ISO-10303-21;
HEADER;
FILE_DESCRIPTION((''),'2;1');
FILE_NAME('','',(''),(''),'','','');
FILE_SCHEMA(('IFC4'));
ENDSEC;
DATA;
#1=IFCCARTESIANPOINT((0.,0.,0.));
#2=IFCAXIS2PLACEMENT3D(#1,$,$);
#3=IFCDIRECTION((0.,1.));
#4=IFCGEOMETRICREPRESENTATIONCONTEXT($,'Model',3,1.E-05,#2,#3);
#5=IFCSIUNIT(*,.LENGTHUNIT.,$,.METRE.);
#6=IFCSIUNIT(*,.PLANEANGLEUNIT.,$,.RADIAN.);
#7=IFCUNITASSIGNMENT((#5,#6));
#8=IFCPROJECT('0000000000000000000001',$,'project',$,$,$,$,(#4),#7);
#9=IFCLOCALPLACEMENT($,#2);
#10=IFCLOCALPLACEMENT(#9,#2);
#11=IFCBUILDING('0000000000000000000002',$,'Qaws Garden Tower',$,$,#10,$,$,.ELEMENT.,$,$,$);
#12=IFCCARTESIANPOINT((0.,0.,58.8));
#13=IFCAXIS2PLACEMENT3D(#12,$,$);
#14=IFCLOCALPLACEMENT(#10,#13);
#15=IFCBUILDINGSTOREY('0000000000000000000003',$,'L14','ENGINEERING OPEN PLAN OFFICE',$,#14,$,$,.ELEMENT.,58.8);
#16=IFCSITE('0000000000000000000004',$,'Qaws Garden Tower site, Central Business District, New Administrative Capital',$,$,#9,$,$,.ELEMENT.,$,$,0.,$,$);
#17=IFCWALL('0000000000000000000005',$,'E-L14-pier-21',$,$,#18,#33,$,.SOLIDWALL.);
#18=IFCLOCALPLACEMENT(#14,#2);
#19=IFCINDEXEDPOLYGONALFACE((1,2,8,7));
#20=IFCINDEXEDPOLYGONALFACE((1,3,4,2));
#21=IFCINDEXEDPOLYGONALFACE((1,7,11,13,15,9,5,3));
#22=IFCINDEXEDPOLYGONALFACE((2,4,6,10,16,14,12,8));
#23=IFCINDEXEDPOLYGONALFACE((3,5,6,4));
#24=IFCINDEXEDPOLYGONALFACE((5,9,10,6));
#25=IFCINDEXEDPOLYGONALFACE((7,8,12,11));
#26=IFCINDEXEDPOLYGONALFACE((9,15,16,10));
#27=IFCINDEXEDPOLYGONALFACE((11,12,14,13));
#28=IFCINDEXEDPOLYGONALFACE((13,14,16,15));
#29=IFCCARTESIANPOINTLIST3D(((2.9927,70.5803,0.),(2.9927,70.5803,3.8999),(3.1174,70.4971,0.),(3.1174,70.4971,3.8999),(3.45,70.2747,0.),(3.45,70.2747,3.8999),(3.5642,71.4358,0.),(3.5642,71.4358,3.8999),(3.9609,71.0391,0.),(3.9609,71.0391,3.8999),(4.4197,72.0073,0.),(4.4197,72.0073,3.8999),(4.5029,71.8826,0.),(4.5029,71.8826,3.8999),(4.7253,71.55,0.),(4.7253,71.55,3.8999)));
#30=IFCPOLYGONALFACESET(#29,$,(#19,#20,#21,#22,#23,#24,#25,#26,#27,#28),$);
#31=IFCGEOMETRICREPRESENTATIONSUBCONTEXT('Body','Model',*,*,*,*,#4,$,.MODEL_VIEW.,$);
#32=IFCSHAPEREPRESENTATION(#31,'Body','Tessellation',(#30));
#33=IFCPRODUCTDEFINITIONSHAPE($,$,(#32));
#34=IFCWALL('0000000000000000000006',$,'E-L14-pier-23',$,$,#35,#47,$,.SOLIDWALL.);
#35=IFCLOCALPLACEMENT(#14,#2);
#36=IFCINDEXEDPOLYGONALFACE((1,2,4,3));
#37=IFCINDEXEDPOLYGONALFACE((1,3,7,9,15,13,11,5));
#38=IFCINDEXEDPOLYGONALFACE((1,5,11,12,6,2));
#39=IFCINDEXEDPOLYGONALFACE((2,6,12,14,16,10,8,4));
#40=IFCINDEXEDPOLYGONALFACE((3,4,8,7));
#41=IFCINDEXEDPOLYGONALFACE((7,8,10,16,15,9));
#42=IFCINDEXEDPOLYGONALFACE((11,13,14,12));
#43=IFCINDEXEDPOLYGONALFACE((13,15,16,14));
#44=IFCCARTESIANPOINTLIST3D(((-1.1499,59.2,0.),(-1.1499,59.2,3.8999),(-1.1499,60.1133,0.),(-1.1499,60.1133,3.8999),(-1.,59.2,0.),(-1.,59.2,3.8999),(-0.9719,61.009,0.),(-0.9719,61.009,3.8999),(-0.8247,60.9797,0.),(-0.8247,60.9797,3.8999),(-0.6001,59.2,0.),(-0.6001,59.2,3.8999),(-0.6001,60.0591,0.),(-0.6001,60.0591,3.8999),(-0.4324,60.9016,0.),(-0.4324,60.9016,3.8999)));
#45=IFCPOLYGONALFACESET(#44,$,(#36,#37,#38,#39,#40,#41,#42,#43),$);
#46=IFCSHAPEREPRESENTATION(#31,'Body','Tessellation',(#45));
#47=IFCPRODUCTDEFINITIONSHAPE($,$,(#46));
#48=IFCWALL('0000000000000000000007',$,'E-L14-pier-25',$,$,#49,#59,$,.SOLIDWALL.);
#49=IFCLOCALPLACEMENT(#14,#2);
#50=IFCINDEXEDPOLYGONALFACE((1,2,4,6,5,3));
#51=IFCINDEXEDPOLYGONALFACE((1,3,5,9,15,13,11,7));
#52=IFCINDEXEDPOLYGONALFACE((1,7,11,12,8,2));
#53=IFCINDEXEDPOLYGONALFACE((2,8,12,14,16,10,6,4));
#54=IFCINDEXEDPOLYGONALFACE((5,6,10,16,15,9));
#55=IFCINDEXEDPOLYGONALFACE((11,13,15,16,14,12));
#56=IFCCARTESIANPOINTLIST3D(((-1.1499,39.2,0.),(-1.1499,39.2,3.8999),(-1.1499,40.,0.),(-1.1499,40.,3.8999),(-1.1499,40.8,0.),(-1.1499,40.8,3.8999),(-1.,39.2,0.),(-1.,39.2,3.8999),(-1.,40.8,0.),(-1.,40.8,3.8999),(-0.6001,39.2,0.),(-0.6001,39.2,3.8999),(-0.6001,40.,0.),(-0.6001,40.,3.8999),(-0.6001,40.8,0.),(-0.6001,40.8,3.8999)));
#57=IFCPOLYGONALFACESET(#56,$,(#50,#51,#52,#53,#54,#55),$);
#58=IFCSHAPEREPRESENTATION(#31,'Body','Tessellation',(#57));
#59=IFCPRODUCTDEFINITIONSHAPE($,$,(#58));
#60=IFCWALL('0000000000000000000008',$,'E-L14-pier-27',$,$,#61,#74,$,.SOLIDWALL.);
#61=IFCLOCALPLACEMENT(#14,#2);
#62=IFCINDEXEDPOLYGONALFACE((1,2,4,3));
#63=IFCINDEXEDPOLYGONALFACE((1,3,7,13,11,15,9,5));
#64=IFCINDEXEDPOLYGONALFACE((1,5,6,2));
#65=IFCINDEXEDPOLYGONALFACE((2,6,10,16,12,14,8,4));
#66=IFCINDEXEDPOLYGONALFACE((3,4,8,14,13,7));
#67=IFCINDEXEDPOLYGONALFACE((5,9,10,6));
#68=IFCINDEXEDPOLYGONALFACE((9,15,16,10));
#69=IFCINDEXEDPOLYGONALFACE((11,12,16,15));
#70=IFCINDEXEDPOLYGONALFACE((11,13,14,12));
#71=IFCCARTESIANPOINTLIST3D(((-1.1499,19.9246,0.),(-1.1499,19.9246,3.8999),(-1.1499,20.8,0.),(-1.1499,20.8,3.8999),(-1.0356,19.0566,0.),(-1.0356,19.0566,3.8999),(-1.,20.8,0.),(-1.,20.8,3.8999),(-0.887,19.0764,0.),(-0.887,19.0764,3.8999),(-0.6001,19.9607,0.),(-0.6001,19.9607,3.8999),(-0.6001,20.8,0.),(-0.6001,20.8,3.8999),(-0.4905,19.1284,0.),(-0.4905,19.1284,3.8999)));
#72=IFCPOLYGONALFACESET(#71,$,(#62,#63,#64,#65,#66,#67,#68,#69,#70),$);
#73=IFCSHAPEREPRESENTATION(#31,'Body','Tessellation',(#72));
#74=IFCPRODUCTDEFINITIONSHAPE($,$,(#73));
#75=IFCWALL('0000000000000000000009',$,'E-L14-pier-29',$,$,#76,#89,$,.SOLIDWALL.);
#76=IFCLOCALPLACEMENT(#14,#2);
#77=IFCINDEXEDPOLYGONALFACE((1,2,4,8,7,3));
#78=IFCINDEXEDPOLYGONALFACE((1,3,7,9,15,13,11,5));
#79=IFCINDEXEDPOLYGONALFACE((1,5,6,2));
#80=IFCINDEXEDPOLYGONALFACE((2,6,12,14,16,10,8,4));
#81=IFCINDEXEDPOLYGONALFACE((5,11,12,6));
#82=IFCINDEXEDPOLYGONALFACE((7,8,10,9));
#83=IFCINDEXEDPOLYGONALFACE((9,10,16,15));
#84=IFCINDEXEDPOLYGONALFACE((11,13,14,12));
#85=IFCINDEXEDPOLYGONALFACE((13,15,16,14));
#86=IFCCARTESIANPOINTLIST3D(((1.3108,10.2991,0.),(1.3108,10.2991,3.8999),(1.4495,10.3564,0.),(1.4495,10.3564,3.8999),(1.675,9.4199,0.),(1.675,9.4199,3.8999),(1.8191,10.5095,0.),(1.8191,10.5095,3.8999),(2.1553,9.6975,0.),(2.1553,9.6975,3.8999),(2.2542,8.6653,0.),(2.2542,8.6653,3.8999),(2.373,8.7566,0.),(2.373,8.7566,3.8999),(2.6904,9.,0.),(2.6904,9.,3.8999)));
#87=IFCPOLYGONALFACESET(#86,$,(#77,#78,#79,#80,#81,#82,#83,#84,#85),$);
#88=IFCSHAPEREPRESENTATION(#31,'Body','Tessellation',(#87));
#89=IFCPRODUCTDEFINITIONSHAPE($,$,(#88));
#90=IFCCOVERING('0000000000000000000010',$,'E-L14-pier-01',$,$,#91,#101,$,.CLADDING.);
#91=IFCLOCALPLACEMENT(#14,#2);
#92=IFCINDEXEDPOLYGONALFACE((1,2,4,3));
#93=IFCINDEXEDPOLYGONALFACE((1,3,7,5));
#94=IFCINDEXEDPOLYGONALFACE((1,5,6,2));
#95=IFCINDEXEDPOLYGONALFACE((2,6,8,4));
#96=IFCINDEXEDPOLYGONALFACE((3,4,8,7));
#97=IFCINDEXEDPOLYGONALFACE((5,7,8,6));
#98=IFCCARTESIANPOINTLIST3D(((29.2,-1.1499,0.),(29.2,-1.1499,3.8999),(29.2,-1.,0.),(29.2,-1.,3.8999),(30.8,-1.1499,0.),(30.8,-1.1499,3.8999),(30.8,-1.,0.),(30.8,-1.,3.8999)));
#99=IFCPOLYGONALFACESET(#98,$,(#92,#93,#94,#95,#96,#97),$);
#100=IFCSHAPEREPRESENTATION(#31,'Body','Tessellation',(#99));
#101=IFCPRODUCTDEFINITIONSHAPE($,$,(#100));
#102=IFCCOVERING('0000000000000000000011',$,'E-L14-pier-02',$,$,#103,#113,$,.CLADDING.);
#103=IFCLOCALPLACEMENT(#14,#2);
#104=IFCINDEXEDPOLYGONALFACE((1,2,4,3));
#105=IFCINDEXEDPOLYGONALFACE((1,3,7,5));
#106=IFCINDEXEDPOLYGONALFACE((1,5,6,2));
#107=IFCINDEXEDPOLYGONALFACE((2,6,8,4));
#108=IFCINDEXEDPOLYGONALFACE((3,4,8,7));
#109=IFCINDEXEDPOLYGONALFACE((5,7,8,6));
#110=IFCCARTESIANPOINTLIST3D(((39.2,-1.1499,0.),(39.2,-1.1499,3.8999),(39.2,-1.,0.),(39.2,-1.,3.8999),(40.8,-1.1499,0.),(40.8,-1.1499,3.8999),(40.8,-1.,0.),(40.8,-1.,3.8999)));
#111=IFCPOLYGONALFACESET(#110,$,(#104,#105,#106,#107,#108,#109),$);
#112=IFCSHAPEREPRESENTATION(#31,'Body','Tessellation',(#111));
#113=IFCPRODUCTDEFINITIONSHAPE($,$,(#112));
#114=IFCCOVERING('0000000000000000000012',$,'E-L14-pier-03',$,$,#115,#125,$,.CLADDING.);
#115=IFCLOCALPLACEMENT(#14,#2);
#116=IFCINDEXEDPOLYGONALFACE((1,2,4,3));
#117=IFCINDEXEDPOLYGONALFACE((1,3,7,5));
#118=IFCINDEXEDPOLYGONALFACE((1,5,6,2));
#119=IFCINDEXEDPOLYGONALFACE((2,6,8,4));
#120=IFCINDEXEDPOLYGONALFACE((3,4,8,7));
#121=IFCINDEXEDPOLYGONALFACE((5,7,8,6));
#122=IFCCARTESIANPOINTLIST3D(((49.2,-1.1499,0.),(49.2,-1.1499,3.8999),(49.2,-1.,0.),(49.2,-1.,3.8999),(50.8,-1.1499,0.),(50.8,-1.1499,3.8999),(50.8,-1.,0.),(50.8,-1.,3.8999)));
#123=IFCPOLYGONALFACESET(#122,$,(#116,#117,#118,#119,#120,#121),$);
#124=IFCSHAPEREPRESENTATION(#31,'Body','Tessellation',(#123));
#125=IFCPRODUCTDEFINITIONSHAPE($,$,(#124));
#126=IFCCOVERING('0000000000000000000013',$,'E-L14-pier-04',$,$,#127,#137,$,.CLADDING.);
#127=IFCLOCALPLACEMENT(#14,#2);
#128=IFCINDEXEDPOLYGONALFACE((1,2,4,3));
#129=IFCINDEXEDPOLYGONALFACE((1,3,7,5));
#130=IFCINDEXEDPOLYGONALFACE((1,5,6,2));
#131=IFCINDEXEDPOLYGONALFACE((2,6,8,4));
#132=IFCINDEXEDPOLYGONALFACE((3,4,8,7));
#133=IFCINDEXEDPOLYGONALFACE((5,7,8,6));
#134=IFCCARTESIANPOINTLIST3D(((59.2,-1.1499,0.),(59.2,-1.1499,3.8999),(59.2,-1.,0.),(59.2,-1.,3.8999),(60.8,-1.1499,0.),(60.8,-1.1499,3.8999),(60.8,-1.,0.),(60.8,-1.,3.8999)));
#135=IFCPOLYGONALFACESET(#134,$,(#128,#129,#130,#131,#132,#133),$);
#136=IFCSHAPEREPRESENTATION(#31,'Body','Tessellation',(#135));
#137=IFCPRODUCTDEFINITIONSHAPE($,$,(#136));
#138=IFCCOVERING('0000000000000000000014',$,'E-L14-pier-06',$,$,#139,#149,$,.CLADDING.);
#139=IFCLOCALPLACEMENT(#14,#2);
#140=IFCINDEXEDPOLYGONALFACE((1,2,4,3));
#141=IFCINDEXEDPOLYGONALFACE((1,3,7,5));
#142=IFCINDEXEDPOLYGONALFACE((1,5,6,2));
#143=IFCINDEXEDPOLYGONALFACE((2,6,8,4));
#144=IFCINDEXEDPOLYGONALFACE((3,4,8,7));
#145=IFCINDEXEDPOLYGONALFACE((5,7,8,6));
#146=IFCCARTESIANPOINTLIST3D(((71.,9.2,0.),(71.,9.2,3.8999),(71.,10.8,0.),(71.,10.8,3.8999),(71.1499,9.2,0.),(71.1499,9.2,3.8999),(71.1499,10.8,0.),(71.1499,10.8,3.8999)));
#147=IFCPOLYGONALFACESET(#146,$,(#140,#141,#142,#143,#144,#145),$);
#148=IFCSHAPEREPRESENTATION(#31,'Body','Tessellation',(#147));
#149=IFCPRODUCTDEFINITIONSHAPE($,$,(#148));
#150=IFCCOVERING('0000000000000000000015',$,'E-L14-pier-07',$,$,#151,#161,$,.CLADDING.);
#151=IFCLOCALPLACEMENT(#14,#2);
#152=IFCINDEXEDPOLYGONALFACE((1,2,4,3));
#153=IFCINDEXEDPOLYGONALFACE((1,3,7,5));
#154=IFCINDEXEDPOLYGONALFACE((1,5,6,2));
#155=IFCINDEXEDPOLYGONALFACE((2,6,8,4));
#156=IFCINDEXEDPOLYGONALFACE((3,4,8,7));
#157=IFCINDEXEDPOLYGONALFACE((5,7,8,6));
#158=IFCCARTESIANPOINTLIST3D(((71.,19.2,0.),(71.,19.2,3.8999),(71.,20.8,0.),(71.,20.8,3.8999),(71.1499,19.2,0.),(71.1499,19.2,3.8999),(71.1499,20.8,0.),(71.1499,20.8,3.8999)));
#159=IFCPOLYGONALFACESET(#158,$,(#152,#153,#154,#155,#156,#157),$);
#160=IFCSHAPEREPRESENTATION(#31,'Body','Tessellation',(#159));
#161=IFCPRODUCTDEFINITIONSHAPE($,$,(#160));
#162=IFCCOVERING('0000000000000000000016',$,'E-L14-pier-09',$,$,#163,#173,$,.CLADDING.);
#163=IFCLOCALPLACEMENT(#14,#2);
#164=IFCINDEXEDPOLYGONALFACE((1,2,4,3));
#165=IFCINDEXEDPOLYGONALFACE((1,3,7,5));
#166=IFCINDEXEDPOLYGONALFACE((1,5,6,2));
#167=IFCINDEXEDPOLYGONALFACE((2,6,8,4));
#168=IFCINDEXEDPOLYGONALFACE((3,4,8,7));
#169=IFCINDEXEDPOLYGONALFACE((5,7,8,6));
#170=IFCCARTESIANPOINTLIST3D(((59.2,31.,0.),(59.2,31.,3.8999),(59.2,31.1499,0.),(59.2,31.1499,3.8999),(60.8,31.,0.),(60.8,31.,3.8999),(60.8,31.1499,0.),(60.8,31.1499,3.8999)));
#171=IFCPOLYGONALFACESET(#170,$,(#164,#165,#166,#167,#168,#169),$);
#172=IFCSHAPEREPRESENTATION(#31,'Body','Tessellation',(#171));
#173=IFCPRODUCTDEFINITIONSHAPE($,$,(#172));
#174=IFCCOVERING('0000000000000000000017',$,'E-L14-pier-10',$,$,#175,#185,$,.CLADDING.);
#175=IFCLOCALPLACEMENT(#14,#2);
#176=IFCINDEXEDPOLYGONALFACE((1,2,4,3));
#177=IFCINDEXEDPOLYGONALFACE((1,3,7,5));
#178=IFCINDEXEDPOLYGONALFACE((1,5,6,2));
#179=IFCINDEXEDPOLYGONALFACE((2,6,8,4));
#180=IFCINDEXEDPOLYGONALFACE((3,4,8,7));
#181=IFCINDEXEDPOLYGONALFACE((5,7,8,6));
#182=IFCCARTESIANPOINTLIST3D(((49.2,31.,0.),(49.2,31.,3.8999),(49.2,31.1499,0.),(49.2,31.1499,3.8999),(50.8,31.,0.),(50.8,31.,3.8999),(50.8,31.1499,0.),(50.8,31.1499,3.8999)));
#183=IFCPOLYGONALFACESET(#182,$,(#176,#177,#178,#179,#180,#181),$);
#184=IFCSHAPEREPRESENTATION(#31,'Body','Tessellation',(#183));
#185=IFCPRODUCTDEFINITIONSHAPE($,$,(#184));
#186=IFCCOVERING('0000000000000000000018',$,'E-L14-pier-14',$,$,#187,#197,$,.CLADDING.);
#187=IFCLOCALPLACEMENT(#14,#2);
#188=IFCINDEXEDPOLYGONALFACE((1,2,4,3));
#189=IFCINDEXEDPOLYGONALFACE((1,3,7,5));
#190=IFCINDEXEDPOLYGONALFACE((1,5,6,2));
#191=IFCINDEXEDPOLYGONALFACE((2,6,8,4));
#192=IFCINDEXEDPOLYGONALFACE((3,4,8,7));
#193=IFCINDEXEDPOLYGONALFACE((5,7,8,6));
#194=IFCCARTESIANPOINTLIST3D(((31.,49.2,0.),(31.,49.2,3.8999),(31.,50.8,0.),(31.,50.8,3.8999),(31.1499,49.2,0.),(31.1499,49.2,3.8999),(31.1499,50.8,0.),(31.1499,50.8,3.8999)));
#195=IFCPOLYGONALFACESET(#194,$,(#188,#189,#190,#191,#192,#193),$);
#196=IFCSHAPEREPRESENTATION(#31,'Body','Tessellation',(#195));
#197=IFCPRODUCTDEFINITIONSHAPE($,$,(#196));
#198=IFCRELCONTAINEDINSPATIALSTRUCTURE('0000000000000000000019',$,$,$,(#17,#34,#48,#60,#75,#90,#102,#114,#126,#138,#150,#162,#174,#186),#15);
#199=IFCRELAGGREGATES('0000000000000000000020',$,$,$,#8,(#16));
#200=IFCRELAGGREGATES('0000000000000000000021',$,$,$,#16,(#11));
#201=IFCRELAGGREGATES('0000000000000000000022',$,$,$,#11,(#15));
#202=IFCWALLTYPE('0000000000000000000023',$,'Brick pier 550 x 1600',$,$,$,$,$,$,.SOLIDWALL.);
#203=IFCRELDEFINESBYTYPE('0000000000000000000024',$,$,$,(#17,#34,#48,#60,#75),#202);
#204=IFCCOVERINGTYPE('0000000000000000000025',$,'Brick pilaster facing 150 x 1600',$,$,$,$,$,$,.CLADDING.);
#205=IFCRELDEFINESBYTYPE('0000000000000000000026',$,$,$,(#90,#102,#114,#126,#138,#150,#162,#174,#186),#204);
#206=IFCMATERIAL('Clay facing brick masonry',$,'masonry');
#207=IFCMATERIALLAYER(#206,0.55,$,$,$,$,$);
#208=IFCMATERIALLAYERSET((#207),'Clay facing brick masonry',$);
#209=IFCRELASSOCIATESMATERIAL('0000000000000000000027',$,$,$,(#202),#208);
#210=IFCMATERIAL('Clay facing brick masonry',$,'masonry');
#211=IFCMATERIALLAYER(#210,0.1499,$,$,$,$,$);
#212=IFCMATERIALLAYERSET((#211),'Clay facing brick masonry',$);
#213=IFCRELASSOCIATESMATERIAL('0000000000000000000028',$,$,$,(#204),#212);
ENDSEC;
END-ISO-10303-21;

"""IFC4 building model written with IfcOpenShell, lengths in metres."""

from ifc_helpers import new_model, si_unit, direction, frame, origin, place, context, subcontext, project, spatial, polyline, outline, extrude, material, layer, layer_set, type_object, element, save


model = new_model("IFC4")

# Units and contexts
model_context = context("Model", 3, precision=1e-05, world=origin(), true_north=direction((0.0, 1.0)))
body_context = subcontext(model_context, "Body", "Model", "MODEL_VIEW")
ifc_project = project(units=[si_unit("LENGTHUNIT", "METRE"), si_unit("PLANEANGLEUNIT", "RADIAN")], contexts=[model_context])

# Site, building, storey
site_placement = place(None, origin())
site = spatial("IfcSite", under=ifc_project, at=site_placement, Name="Qaws Garden Tower site, Central Business District, New Administrative Capital", CompositionType="ELEMENT", RefElevation=0.0)
building_placement = place(site_placement, origin())
building = spatial("IfcBuilding", under=site, at=building_placement, Name="Qaws Garden Tower", CompositionType="ELEMENT")
storey_placement = place(building_placement, frame((0.0, 0.0, 58.8)))
storey = spatial("IfcBuildingStorey", under=building, at=storey_placement, Name="L14", Description="ENGINEERING OPEN PLAN OFFICE", CompositionType="ELEMENT", Elevation=58.8)

# Walls
placement = place(storey_placement, origin())
ifc_material_1 = material(Name="Clay facing brick masonry", Category="masonry")
ifc_layer_1 = layer(ifc_material_1, 0.55)
ifc_layer_set_1 = layer_set([ifc_layer_1], Name="Clay facing brick masonry")
wall_type_1 = type_object("IfcWallType", Name="Brick pier 550 x 1600", PredefinedType="SOLIDWALL", material=ifc_layer_set_1)
element("IfcWall", 1, at=placement, inside=storey, type_object=wall_type_1, Name="E-L14-pier-21", PredefinedType="SOLIDWALL", context=body_context, shape_type="SweptSolid", body=[
    extrude(outline(polyline([(4.5029, 71.8826), (4.4197, 72.0073), (3.5642, 71.4358), (2.9927, 70.5803), (3.1174, 70.4971), (3.45, 70.2747), (3.9609, 71.0391), (4.7253, 71.55), (4.5029, 71.8826)])), origin(), (0.0, 0.0, 1.0), 3.8999),
])
element("IfcWall", 2, at=placement, inside=storey, type_object=wall_type_1, Name="E-L14-pier-23", PredefinedType="SOLIDWALL", context=body_context, shape_type="SweptSolid", body=[
    extrude(outline(polyline([(-0.8247, 60.9797), (-0.9719, 61.009), (-1.1499, 60.1133), (-1.1499, 59.2), (-1.0, 59.2), (-0.6001, 59.2), (-0.6001, 60.0591), (-0.4324, 60.9016), (-0.8247, 60.9797)])), origin(), (0.0, 0.0, 1.0), 3.8999),
])
element("IfcWall", 3, at=placement, inside=storey, type_object=wall_type_1, Name="E-L14-pier-25", PredefinedType="SOLIDWALL", context=body_context, shape_type="SweptSolid", body=[
    extrude(outline(polyline([(-1.0, 40.8), (-1.1499, 40.8), (-1.1499, 40.0), (-1.1499, 39.2), (-1.0, 39.2), (-0.6001, 39.2), (-0.6001, 40.0), (-0.6001, 40.8), (-1.0, 40.8)])), origin(), (0.0, 0.0, 1.0), 3.8999),
])
element("IfcWall", 4, at=placement, inside=storey, type_object=wall_type_1, Name="E-L14-pier-27", PredefinedType="SOLIDWALL", context=body_context, shape_type="SweptSolid", body=[
    extrude(outline(polyline([(-1.0, 20.8), (-1.1499, 20.8), (-1.1499, 19.9246), (-1.0356, 19.0566), (-0.887, 19.0764), (-0.4905, 19.1284), (-0.6001, 19.9607), (-0.6001, 20.8), (-1.0, 20.8)])), origin(), (0.0, 0.0, 1.0), 3.8999),
])
element("IfcWall", 5, at=placement, inside=storey, type_object=wall_type_1, Name="E-L14-pier-29", PredefinedType="SOLIDWALL", context=body_context, shape_type="SweptSolid", body=[
    extrude(outline(polyline([(1.4495, 10.3564), (1.3108, 10.2991), (1.675, 9.4199), (2.2542, 8.6653), (2.373, 8.7566), (2.6904, 9.0), (2.1553, 9.6975), (1.8191, 10.5095), (1.4495, 10.3564)])), origin(), (0.0, 0.0, 1.0), 3.8999),
])

# Coverings
ifc_material_2 = material(Name="Clay facing brick masonry", Category="masonry")
ifc_layer_2 = layer(ifc_material_2, 0.1499)
ifc_layer_set_2 = layer_set([ifc_layer_2], Name="Clay facing brick masonry")
covering_type = type_object("IfcCoveringType", Name="Brick pilaster facing 150 x 1600", PredefinedType="CLADDING", material=ifc_layer_set_2)
element("IfcCovering", 6, at=placement, inside=storey, type_object=covering_type, Name="E-L14-pier-01", PredefinedType="CLADDING", context=body_context, shape_type="SweptSolid", body=[
    extrude(outline(polyline([(29.2, -1.0), (30.8, -1.0), (30.8, -1.1499), (29.2, -1.1499), (29.2, -1.0)])), origin(), (0.0, 0.0, 1.0), 3.8999),
])
element("IfcCovering", 7, at=placement, inside=storey, type_object=covering_type, Name="E-L14-pier-02", PredefinedType="CLADDING", context=body_context, shape_type="SweptSolid", body=[
    extrude(outline(polyline([(39.2, -1.0), (40.8, -1.0), (40.8, -1.1499), (39.2, -1.1499), (39.2, -1.0)])), origin(), (0.0, 0.0, 1.0), 3.8999),
])
element("IfcCovering", 8, at=placement, inside=storey, type_object=covering_type, Name="E-L14-pier-03", PredefinedType="CLADDING", context=body_context, shape_type="SweptSolid", body=[
    extrude(outline(polyline([(49.2, -1.0), (50.8, -1.0), (50.8, -1.1499), (49.2, -1.1499), (49.2, -1.0)])), origin(), (0.0, 0.0, 1.0), 3.8999),
])
element("IfcCovering", 9, at=placement, inside=storey, type_object=covering_type, Name="E-L14-pier-04", PredefinedType="CLADDING", context=body_context, shape_type="SweptSolid", body=[
    extrude(outline(polyline([(59.2, -1.0), (60.8, -1.0), (60.8, -1.1499), (59.2, -1.1499), (59.2, -1.0)])), origin(), (0.0, 0.0, 1.0), 3.8999),
])
element("IfcCovering", 10, at=placement, inside=storey, type_object=covering_type, Name="E-L14-pier-06", PredefinedType="CLADDING", context=body_context, shape_type="SweptSolid", body=[
    extrude(outline(polyline([(71.0, 9.2), (71.0, 10.8), (71.1499, 10.8), (71.1499, 9.2), (71.0, 9.2)])), origin(), (0.0, 0.0, 1.0), 3.8999),
])
element("IfcCovering", 11, at=placement, inside=storey, type_object=covering_type, Name="E-L14-pier-07", PredefinedType="CLADDING", context=body_context, shape_type="SweptSolid", body=[
    extrude(outline(polyline([(71.0, 19.2), (71.0, 20.8), (71.1499, 20.8), (71.1499, 19.2), (71.0, 19.2)])), origin(), (0.0, 0.0, 1.0), 3.8999),
])
element("IfcCovering", 12, at=placement, inside=storey, type_object=covering_type, Name="E-L14-pier-09", PredefinedType="CLADDING", context=body_context, shape_type="SweptSolid", body=[
    extrude(outline(polyline([(60.8, 31.0), (59.2, 31.0), (59.2, 31.1499), (60.8, 31.1499), (60.8, 31.0)])), origin(), (0.0, 0.0, 1.0), 3.8999),
])
element("IfcCovering", 13, at=placement, inside=storey, type_object=covering_type, Name="E-L14-pier-10", PredefinedType="CLADDING", context=body_context, shape_type="SweptSolid", body=[
    extrude(outline(polyline([(50.8, 31.0), (49.2, 31.0), (49.2, 31.1499), (50.8, 31.1499), (50.8, 31.0)])), origin(), (0.0, 0.0, 1.0), 3.8999),
])
element("IfcCovering", 14, at=placement, inside=storey, type_object=covering_type, Name="E-L14-pier-14", PredefinedType="CLADDING", context=body_context, shape_type="SweptSolid", body=[
    extrude(outline(polyline([(31.0, 49.2), (31.0, 50.8), (31.1499, 50.8), (31.1499, 49.2), (31.0, 49.2)])), origin(), (0.0, 0.0, 1.0), 3.8999),
])

save(model, "model.ifc")
